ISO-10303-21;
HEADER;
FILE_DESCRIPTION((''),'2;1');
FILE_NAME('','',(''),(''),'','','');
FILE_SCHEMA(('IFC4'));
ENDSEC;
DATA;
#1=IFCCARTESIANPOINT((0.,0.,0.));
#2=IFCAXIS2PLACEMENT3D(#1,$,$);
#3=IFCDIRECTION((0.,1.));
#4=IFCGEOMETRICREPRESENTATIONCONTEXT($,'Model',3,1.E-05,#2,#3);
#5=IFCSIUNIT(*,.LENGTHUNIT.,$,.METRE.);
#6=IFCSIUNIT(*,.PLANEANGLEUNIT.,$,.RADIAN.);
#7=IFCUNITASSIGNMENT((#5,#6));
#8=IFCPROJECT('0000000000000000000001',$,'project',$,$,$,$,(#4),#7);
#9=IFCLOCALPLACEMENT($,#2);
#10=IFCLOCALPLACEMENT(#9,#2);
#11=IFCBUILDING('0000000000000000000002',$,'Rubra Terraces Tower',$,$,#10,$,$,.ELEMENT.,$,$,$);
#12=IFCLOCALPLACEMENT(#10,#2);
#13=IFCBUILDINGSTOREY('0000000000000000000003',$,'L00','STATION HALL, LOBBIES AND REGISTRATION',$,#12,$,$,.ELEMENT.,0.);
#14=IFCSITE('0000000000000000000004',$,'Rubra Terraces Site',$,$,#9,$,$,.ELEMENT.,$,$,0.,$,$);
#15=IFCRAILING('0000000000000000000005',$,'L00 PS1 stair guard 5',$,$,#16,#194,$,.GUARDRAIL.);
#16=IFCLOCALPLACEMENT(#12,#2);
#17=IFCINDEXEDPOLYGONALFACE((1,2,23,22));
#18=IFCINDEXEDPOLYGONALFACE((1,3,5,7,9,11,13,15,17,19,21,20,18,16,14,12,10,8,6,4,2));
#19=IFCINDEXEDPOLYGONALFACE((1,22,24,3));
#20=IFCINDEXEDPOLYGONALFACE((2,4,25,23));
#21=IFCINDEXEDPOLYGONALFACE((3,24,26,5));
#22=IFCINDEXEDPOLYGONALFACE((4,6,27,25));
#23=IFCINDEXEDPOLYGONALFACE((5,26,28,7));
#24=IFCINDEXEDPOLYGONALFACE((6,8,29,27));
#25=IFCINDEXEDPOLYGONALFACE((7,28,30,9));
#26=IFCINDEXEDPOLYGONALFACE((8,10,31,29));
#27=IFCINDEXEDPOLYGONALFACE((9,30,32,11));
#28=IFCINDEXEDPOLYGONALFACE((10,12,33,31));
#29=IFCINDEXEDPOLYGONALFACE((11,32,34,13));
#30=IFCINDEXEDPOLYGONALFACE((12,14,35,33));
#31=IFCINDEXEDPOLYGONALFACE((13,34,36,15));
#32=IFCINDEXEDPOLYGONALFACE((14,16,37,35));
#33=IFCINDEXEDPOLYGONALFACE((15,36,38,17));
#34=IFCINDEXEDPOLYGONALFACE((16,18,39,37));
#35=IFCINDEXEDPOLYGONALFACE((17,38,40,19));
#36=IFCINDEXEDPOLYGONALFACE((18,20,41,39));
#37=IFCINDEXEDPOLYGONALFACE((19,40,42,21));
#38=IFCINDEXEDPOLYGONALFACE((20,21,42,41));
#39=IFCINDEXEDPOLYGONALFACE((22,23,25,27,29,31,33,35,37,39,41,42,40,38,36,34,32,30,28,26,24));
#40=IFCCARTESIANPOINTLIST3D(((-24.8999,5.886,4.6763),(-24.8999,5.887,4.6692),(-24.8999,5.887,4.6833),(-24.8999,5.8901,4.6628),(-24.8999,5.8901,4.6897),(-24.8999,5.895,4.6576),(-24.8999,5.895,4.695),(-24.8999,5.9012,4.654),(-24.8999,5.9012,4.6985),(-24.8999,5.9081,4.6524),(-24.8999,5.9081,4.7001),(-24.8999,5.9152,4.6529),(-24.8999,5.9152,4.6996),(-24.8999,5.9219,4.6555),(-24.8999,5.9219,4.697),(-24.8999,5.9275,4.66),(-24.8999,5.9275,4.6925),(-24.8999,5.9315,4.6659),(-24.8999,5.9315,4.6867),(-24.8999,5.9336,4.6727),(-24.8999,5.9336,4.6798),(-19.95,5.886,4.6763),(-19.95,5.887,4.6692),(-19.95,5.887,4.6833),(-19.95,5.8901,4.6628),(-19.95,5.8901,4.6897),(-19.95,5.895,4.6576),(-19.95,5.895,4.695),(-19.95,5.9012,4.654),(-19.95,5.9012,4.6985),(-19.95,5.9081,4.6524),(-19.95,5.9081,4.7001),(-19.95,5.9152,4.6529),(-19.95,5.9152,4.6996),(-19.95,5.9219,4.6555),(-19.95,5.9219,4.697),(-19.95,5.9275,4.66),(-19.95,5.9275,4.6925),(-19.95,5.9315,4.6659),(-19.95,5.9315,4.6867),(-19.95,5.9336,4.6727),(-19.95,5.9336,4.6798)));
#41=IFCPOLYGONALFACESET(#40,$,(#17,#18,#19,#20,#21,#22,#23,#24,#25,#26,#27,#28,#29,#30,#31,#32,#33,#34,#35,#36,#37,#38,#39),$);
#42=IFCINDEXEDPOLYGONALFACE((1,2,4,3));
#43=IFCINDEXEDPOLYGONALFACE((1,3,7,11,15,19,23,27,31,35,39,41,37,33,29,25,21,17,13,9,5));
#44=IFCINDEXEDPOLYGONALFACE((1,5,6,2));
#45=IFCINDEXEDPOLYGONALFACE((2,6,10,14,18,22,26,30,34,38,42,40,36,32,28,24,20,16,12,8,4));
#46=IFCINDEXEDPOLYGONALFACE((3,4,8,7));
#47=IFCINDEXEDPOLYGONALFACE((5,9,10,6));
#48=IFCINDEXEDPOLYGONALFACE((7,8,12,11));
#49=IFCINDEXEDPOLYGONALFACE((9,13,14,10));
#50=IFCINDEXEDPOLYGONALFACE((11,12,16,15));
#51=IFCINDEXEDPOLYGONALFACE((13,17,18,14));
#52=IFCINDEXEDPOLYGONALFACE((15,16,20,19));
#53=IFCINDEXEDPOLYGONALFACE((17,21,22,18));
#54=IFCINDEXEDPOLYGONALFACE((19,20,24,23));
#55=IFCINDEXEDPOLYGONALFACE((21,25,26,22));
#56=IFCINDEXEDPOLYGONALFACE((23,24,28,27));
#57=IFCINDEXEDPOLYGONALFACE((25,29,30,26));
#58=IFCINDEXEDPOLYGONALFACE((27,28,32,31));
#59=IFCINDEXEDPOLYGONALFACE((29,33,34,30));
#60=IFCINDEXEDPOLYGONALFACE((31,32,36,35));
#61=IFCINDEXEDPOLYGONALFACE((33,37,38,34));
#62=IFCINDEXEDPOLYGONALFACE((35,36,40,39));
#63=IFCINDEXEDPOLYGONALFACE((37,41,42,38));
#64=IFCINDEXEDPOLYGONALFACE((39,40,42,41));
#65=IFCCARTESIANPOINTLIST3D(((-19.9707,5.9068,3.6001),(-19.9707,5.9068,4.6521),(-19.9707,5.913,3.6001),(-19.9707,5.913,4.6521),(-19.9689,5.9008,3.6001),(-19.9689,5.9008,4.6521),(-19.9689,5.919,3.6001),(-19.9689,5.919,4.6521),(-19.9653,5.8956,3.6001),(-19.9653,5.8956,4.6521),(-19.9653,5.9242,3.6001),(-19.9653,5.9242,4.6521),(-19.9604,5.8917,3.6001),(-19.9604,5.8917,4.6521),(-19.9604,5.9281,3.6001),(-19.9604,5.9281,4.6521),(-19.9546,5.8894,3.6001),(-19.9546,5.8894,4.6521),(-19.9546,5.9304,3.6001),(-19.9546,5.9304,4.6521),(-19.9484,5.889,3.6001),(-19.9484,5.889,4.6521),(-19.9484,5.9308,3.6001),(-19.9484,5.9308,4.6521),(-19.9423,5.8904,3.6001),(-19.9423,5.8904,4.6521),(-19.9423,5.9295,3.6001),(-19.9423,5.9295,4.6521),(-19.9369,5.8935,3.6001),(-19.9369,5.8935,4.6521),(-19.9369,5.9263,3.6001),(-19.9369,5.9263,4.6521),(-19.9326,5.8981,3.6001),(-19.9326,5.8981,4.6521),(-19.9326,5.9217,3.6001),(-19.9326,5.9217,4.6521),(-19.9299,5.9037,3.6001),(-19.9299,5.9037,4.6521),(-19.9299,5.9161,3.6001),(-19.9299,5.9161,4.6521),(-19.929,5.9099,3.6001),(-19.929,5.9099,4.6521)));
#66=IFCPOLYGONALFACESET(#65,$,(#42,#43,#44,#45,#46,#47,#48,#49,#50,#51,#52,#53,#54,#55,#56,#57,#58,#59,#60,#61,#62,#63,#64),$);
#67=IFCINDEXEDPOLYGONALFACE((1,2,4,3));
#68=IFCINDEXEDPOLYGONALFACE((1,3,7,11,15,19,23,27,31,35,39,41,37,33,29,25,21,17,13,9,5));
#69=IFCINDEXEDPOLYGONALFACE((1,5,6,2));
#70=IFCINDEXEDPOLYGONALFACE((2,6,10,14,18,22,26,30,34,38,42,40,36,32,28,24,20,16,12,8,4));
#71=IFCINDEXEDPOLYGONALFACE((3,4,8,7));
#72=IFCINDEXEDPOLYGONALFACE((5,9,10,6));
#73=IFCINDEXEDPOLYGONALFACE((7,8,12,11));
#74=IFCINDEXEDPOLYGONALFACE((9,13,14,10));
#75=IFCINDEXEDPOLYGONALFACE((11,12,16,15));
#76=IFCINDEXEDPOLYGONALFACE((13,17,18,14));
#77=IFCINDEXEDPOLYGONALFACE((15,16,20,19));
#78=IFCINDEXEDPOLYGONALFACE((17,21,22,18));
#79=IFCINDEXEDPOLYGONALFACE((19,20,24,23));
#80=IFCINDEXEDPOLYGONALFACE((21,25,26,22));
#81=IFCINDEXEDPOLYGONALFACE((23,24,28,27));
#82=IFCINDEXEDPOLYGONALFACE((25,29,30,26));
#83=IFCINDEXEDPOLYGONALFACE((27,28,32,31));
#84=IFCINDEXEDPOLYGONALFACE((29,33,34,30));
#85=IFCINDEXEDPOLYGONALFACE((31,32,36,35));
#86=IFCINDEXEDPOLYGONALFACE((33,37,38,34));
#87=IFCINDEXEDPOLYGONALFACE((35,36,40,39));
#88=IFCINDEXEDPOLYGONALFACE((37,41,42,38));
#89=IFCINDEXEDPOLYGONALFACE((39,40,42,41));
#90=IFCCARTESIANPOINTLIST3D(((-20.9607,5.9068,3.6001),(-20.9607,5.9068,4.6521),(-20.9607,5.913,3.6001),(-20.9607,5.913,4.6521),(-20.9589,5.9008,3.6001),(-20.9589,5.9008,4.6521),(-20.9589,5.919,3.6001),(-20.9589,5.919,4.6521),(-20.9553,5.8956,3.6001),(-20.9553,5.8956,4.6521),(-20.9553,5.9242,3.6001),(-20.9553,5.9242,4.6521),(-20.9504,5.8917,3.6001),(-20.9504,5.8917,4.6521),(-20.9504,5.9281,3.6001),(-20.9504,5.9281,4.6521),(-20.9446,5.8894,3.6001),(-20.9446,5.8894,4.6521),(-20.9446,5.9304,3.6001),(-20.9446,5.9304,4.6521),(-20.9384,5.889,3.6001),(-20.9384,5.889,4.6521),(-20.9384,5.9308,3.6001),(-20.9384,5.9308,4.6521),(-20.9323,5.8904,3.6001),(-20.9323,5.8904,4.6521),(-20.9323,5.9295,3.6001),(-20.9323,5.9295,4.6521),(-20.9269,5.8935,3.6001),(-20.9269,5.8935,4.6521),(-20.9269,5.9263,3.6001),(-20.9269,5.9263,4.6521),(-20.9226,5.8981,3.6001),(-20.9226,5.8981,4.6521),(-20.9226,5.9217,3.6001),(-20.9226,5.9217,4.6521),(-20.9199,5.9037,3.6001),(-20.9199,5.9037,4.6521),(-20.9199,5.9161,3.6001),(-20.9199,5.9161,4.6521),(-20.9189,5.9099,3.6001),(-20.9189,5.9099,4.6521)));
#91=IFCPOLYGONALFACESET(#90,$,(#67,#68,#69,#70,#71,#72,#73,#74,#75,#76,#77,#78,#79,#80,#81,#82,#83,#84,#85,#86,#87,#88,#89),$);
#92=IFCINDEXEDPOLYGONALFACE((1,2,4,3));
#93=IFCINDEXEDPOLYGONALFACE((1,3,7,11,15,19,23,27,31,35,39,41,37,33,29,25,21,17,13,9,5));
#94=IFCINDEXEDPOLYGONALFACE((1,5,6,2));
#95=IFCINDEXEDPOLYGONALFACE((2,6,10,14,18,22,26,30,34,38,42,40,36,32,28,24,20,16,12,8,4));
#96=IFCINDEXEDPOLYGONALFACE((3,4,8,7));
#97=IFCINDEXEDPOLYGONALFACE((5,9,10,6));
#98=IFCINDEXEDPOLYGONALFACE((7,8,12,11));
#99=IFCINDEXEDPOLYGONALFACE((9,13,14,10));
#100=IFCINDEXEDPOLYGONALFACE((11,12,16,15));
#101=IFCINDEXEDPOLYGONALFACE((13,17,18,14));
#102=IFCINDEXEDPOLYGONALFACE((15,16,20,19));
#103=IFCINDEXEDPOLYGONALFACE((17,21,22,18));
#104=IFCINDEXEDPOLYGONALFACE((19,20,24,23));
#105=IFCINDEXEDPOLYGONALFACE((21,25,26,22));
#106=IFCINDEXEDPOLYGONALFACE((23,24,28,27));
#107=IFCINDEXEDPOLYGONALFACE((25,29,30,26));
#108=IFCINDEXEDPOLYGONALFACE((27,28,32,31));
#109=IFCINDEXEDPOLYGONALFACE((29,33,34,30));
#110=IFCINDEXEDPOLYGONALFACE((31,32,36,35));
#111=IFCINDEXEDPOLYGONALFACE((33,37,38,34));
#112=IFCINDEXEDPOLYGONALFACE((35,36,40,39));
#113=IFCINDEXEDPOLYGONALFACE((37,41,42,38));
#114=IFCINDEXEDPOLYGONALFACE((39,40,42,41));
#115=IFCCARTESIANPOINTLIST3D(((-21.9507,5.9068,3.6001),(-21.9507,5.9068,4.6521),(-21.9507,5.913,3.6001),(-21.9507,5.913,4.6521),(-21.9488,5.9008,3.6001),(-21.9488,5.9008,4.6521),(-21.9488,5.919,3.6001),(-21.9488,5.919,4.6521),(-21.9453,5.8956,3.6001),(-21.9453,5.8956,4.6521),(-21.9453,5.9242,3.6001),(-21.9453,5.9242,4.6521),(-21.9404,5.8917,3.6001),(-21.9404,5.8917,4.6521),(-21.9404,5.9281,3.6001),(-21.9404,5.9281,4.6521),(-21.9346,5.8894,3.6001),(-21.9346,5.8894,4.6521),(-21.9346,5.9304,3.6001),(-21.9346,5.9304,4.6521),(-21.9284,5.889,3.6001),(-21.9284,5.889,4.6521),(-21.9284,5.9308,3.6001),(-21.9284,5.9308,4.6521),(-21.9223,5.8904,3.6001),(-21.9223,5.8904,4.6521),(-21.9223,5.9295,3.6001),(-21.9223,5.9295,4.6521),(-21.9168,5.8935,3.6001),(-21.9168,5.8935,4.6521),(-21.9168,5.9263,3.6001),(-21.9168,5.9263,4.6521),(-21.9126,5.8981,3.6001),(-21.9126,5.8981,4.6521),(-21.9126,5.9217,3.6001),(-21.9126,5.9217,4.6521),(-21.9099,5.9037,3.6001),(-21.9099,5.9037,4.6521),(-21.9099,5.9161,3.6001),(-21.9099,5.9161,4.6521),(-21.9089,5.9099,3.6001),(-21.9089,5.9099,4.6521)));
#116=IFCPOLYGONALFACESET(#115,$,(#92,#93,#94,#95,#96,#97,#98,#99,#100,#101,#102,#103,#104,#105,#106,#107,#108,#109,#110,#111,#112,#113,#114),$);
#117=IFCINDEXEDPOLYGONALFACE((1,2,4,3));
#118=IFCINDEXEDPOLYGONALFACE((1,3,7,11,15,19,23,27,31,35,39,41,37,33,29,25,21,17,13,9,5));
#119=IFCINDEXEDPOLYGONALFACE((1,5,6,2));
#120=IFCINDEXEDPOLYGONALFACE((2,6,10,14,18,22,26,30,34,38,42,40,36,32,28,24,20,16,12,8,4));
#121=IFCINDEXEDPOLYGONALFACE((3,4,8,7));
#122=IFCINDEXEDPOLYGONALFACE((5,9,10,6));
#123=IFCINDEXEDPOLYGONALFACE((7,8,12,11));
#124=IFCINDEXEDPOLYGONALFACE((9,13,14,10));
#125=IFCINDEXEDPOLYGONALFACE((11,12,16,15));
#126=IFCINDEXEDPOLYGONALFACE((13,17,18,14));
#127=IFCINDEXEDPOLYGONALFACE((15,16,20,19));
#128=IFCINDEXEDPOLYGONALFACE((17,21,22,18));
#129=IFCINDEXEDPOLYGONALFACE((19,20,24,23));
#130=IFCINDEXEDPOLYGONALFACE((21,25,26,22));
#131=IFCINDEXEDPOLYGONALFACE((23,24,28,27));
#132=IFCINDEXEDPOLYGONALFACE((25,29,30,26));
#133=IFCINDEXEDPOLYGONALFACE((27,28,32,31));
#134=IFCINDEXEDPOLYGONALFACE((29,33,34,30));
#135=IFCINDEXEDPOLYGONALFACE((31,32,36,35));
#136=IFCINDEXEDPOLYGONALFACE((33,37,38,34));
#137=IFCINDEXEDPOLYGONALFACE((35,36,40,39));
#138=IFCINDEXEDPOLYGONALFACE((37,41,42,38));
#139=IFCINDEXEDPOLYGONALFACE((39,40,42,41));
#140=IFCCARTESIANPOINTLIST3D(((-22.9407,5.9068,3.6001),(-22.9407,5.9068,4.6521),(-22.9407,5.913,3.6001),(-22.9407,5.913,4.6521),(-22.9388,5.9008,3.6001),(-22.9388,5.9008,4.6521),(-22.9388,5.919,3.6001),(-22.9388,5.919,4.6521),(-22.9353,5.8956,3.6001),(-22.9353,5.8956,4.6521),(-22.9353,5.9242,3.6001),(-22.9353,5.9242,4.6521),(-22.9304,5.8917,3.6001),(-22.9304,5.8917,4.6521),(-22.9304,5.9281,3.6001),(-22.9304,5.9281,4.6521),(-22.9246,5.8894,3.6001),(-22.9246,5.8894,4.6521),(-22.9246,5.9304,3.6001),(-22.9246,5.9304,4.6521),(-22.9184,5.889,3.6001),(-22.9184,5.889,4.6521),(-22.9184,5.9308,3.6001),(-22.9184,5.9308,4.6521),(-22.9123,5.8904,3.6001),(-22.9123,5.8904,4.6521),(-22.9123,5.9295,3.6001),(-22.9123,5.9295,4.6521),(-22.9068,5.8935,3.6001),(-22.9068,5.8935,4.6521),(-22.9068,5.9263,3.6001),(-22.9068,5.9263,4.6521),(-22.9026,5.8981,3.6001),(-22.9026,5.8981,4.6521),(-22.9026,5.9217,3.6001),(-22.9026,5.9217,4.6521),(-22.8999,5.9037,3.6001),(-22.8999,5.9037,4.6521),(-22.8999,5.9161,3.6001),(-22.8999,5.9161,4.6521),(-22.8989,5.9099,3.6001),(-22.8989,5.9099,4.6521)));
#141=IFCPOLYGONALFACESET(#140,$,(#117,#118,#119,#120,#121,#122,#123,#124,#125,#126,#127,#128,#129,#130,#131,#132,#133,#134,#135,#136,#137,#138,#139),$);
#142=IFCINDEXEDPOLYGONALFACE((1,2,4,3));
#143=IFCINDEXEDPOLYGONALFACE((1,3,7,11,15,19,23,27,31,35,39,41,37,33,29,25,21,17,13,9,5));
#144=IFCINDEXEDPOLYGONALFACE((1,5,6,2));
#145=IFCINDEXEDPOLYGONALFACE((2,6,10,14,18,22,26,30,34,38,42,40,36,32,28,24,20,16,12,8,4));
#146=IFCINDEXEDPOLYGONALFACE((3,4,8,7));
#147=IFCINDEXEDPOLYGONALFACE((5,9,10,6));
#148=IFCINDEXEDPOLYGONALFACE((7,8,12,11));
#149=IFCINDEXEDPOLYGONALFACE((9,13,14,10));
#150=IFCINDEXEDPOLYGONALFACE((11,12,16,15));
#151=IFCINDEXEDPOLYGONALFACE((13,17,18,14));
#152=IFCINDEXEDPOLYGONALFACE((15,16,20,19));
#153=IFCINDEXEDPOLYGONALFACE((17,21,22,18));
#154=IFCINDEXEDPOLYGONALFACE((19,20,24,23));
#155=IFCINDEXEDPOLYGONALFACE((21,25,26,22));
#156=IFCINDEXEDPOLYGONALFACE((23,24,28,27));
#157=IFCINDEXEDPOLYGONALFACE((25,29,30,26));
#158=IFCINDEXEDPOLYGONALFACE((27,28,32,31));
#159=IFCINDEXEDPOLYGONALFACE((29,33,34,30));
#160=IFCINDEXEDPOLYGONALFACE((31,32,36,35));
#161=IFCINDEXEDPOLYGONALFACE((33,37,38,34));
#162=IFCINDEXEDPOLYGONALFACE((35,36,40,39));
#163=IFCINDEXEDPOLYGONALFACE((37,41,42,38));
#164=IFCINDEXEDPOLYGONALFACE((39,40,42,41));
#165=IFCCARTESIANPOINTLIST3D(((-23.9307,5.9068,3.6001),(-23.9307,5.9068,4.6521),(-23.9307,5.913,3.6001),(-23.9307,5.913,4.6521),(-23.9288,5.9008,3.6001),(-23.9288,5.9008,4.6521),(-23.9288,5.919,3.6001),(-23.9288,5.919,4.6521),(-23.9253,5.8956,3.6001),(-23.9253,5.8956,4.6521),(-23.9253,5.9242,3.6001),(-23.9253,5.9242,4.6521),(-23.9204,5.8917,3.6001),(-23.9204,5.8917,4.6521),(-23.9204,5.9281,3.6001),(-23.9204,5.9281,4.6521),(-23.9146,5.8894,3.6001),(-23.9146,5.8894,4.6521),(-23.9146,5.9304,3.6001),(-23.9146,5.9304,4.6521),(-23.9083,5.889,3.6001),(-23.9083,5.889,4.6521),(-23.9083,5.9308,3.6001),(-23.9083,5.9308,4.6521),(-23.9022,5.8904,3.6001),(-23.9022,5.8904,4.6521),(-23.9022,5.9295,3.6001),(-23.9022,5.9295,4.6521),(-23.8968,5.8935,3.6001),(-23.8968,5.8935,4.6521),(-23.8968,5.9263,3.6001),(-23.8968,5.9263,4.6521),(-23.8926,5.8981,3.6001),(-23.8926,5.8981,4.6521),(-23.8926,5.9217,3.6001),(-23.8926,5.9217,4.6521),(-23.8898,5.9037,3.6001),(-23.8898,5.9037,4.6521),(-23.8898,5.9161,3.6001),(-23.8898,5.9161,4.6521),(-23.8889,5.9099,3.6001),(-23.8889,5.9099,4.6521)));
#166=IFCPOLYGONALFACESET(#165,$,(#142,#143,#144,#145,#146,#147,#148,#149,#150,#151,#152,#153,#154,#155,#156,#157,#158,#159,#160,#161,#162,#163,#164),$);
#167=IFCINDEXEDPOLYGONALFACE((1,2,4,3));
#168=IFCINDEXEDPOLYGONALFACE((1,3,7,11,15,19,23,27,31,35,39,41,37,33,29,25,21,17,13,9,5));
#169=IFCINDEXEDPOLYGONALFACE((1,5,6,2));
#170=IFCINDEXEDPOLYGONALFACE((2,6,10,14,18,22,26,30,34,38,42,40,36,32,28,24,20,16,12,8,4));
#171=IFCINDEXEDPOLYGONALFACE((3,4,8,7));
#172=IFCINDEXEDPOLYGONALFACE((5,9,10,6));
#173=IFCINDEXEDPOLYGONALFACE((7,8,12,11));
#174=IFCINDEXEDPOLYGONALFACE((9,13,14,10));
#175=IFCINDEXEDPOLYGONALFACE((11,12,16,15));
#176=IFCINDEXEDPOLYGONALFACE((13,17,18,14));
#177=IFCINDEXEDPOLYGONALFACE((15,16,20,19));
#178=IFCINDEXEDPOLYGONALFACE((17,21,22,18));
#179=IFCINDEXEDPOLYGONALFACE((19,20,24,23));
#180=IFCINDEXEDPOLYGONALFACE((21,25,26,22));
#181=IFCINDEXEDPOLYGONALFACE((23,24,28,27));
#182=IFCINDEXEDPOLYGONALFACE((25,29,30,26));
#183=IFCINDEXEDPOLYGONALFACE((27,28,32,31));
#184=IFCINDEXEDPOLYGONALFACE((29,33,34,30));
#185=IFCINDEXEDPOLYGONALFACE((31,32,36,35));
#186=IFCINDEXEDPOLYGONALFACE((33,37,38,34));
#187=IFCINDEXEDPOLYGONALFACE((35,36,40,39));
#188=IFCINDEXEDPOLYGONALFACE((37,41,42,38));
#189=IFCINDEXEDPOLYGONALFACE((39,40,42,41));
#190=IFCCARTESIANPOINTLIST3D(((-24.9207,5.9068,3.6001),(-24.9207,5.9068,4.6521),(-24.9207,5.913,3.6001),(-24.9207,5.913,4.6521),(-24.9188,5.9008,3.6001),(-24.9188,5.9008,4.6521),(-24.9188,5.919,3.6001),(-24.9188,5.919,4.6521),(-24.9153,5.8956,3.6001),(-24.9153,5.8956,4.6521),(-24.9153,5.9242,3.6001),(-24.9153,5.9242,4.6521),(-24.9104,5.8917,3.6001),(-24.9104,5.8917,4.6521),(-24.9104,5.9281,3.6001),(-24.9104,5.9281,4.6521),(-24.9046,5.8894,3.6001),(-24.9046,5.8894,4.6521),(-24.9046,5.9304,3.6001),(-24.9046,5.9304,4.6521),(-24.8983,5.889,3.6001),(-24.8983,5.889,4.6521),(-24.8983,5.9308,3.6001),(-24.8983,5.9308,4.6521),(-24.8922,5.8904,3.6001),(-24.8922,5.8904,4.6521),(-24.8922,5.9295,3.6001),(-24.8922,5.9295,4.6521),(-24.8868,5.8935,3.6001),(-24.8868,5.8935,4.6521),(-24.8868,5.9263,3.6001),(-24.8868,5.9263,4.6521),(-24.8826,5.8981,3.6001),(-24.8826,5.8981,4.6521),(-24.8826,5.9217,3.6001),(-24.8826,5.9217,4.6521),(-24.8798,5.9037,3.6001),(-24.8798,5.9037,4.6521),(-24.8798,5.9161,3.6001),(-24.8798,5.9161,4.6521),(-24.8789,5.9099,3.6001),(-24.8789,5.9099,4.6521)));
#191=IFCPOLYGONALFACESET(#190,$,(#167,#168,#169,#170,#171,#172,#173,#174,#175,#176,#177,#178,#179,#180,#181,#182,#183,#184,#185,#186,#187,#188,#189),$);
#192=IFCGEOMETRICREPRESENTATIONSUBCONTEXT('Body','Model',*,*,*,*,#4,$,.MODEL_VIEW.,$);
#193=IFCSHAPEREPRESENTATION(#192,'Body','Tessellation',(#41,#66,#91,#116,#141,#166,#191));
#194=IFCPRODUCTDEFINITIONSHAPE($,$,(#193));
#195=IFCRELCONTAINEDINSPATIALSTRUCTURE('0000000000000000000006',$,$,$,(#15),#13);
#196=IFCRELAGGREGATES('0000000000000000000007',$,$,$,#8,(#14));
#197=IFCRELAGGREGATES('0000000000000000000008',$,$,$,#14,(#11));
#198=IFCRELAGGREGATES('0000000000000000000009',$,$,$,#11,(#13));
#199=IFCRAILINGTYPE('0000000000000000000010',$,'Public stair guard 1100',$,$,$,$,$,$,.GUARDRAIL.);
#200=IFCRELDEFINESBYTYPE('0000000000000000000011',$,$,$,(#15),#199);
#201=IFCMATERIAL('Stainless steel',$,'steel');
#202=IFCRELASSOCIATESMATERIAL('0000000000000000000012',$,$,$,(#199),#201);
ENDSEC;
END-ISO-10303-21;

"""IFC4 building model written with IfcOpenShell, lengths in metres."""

from ifc_helpers import new_model, si_unit, direction, frame, origin, origin_2d, place, context, subcontext, project, spatial, circle, extrude, material, type_object, element, save


model = new_model("IFC4")

# Units and contexts
model_context = context("Model", 3, precision=1e-05, world=origin(), true_north=direction((0.0, 1.0)))
body_context = subcontext(model_context, "Body", "Model", "MODEL_VIEW")
ifc_project = project(units=[si_unit("LENGTHUNIT", "METRE"), si_unit("PLANEANGLEUNIT", "RADIAN")], contexts=[model_context])

# Site, building, storey
site_placement = place(None, origin())
site = spatial("IfcSite", under=ifc_project, at=site_placement, Name="Rubra Terraces Site", CompositionType="ELEMENT", RefElevation=0.0)
building_placement = place(site_placement, origin())
building = spatial("IfcBuilding", under=site, at=building_placement, Name="Rubra Terraces Tower", CompositionType="ELEMENT")
storey_placement = place(building_placement, origin())
storey = spatial("IfcBuildingStorey", under=building, at=storey_placement, Name="L00", Description="STATION HALL, LOBBIES AND REGISTRATION", CompositionType="ELEMENT", Elevation=0.0)

# Railing
ifc_material_1 = material(Name="Stainless steel", Category="steel")
railing_type_1 = type_object("IfcRailingType", Name="Public stair guard 1100", PredefinedType="GUARDRAIL", material=ifc_material_1)
railing_1_placement = place(storey_placement, frame((-19.95, 5.9099, 3.6001)))
element("IfcRailing", 1, at=railing_1_placement, inside=storey, type_object=railing_type_1, Name="L00 PS1 stair guard 5", PredefinedType="GUARDRAIL", context=body_context, shape_type="SweptSolid", body=[
    extrude(circle(Radius=0.0239, at=origin_2d()), frame((0.0, 0.0, 1.0762), z_axis=(-1.0, 0.0, 0.0), x_axis=(0.0, -1.0, 0.0)), (0.0, 0.0, 1.0), 4.95),
    extrude(circle(Radius=0.021, at=origin_2d()), origin(), (0.0, 0.0, 1.0), 1.052),
    extrude(circle(Radius=0.021, at=origin_2d()), frame((-0.99, 0.0, 0.0)), (0.0, 0.0, 1.0), 1.052),
    extrude(circle(Radius=0.021, at=origin_2d()), frame((-1.98, 0.0, 0.0)), (0.0, 0.0, 1.0), 1.052),
    extrude(circle(Radius=0.021, at=origin_2d()), frame((-2.97, 0.0, 0.0)), (0.0, 0.0, 1.0), 1.052),
    extrude(circle(Radius=0.021, at=origin_2d()), frame((-3.96, 0.0, 0.0)), (0.0, 0.0, 1.0), 1.052),
    extrude(circle(Radius=0.021, at=origin_2d()), frame((-4.95, 0.0, 0.0)), (0.0, 0.0, 1.0), 1.052),
])

save(model, "model.ifc")
